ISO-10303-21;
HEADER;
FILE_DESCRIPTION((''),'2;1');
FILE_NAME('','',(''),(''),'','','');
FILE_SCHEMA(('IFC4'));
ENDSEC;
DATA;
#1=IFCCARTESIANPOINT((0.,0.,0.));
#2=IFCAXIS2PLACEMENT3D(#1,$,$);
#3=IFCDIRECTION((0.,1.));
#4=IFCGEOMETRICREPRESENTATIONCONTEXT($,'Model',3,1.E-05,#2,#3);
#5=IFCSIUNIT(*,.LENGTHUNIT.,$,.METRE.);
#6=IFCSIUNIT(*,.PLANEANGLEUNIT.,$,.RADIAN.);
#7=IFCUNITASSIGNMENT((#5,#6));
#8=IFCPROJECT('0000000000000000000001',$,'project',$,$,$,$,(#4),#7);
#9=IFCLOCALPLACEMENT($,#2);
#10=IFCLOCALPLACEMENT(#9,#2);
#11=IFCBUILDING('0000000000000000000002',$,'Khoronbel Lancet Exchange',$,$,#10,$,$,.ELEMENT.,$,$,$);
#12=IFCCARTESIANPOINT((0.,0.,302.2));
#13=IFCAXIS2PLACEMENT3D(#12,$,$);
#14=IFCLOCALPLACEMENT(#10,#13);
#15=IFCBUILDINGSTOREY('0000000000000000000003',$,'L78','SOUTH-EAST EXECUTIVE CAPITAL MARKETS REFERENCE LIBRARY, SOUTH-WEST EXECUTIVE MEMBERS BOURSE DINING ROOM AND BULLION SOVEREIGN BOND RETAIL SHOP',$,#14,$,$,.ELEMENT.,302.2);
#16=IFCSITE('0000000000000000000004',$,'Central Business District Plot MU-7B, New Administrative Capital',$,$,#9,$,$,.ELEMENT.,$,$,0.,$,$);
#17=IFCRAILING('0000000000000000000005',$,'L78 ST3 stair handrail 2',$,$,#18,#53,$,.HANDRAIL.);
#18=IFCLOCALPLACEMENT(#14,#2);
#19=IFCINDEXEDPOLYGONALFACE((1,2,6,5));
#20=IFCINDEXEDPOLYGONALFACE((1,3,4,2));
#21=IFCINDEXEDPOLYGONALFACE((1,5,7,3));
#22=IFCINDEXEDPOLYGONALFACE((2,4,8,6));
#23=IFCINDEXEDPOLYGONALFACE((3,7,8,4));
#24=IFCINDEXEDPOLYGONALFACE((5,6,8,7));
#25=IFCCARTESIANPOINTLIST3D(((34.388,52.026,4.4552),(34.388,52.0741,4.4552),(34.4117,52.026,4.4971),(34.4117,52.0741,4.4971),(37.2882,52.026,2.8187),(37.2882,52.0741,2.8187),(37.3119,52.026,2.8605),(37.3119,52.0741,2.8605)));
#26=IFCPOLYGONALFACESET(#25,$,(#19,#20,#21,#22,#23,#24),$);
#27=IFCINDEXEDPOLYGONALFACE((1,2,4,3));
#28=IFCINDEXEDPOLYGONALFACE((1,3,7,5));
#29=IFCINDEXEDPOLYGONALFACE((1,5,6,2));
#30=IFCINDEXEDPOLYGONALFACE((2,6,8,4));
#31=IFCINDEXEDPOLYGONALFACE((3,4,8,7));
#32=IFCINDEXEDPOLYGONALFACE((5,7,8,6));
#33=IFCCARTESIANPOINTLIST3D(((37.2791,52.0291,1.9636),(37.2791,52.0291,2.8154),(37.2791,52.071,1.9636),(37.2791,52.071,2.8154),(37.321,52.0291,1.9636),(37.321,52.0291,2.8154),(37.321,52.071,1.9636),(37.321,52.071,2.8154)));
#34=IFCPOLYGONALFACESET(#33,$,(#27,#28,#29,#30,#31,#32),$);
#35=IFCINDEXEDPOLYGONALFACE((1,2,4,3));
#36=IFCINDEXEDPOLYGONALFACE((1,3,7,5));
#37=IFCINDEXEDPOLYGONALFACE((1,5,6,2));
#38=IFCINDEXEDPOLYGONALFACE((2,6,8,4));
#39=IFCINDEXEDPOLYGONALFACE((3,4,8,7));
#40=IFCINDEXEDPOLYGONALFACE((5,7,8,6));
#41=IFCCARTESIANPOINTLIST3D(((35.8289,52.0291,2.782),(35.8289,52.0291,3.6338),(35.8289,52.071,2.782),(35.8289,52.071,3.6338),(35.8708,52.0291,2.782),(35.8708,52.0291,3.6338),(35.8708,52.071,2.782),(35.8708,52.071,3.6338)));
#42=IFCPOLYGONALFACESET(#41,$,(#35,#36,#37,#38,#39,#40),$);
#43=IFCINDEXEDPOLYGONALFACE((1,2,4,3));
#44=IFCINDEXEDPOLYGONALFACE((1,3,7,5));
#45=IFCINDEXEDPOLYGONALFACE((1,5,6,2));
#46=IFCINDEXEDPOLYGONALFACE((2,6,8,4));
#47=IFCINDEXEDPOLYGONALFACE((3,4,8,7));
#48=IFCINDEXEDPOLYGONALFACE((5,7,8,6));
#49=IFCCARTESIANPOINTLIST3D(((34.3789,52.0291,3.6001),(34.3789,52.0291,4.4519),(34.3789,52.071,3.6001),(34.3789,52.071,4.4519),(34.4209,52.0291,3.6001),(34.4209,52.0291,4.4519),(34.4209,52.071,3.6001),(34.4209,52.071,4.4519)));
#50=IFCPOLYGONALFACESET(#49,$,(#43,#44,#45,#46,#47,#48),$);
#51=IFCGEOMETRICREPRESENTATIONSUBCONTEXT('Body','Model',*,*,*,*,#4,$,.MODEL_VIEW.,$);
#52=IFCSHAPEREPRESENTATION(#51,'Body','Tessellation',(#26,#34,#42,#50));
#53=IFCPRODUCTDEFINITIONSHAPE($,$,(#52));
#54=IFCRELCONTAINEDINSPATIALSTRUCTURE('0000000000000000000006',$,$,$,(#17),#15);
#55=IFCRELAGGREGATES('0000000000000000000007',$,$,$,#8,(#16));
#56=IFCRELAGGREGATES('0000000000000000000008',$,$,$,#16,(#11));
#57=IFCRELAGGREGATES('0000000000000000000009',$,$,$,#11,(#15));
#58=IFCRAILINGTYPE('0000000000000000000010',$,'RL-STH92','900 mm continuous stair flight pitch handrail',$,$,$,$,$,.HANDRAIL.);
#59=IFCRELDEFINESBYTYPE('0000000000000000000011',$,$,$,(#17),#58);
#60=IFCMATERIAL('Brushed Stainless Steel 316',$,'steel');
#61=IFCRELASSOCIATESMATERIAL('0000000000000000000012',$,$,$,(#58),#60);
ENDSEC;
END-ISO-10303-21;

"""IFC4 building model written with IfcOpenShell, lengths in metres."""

from ifc_helpers import new_model, si_unit, direction, frame, origin, origin_2d, place, context, subcontext, project, spatial, rectangle, extrude, material, type_object, element, save


model = new_model("IFC4")

# Units and contexts
model_context = context("Model", 3, precision=1e-05, world=origin(), true_north=direction((0.0, 1.0)))
body_context = subcontext(model_context, "Body", "Model", "MODEL_VIEW")
ifc_project = project(units=[si_unit("LENGTHUNIT", "METRE"), si_unit("PLANEANGLEUNIT", "RADIAN")], contexts=[model_context])

# Site, building, storey
site_placement = place(None, origin())
site = spatial("IfcSite", under=ifc_project, at=site_placement, Name="Central Business District Plot MU-7B, New Administrative Capital", CompositionType="ELEMENT", RefElevation=0.0)
building_placement = place(site_placement, origin())
building = spatial("IfcBuilding", under=site, at=building_placement, Name="Khoronbel Lancet Exchange", CompositionType="ELEMENT")
storey_placement = place(building_placement, frame((0.0, 0.0, 302.2)))
storey = spatial("IfcBuildingStorey", under=building, at=storey_placement, Name="L78", Description="SOUTH-EAST EXECUTIVE CAPITAL MARKETS REFERENCE LIBRARY, SOUTH-WEST EXECUTIVE MEMBERS BOURSE DINING ROOM AND BULLION SOVEREIGN BOND RETAIL SHOP", CompositionType="ELEMENT", Elevation=302.2)

# Railing
ifc_material_1 = material(Name="Brushed Stainless Steel 316", Category="steel")
railing_type_1 = type_object("IfcRailingType", Name="RL-STH92", Description="900 mm continuous stair flight pitch handrail", PredefinedType="HANDRAIL", material=ifc_material_1)
railing_1_placement = place(storey_placement, frame((37.3, 52.05, 1.9636)))
element("IfcRailing", 1, at=railing_1_placement, inside=storey, type_object=railing_type_1, Name="L78 ST3 stair handrail 2", PredefinedType="HANDRAIL", context=body_context, shape_type="SweptSolid", body=[
    extrude(rectangle(XDim=0.0481, YDim=0.0481, at=origin_2d()), frame((0.0, 0.0, 0.876), z_axis=(-0.870915, 0.0, 0.491434), x_axis=(0.0, -1.0, 0.0)), (0.0, 0.0, 1.0), 3.3301),
    extrude(rectangle(XDim=0.042, YDim=0.042, at=origin_2d()), origin(), (0.0, 0.0, 1.0), 0.8518),
    extrude(rectangle(XDim=0.042, YDim=0.042, at=origin_2d()), frame((-1.4502, 0.0, 0.8184)), (0.0, 0.0, 1.0), 0.8518),
    extrude(rectangle(XDim=0.042, YDim=0.042, at=origin_2d()), frame((-2.9001, 0.0, 1.6365)), (0.0, 0.0, 1.0), 0.8518),
])

save(model, "model.ifc")
